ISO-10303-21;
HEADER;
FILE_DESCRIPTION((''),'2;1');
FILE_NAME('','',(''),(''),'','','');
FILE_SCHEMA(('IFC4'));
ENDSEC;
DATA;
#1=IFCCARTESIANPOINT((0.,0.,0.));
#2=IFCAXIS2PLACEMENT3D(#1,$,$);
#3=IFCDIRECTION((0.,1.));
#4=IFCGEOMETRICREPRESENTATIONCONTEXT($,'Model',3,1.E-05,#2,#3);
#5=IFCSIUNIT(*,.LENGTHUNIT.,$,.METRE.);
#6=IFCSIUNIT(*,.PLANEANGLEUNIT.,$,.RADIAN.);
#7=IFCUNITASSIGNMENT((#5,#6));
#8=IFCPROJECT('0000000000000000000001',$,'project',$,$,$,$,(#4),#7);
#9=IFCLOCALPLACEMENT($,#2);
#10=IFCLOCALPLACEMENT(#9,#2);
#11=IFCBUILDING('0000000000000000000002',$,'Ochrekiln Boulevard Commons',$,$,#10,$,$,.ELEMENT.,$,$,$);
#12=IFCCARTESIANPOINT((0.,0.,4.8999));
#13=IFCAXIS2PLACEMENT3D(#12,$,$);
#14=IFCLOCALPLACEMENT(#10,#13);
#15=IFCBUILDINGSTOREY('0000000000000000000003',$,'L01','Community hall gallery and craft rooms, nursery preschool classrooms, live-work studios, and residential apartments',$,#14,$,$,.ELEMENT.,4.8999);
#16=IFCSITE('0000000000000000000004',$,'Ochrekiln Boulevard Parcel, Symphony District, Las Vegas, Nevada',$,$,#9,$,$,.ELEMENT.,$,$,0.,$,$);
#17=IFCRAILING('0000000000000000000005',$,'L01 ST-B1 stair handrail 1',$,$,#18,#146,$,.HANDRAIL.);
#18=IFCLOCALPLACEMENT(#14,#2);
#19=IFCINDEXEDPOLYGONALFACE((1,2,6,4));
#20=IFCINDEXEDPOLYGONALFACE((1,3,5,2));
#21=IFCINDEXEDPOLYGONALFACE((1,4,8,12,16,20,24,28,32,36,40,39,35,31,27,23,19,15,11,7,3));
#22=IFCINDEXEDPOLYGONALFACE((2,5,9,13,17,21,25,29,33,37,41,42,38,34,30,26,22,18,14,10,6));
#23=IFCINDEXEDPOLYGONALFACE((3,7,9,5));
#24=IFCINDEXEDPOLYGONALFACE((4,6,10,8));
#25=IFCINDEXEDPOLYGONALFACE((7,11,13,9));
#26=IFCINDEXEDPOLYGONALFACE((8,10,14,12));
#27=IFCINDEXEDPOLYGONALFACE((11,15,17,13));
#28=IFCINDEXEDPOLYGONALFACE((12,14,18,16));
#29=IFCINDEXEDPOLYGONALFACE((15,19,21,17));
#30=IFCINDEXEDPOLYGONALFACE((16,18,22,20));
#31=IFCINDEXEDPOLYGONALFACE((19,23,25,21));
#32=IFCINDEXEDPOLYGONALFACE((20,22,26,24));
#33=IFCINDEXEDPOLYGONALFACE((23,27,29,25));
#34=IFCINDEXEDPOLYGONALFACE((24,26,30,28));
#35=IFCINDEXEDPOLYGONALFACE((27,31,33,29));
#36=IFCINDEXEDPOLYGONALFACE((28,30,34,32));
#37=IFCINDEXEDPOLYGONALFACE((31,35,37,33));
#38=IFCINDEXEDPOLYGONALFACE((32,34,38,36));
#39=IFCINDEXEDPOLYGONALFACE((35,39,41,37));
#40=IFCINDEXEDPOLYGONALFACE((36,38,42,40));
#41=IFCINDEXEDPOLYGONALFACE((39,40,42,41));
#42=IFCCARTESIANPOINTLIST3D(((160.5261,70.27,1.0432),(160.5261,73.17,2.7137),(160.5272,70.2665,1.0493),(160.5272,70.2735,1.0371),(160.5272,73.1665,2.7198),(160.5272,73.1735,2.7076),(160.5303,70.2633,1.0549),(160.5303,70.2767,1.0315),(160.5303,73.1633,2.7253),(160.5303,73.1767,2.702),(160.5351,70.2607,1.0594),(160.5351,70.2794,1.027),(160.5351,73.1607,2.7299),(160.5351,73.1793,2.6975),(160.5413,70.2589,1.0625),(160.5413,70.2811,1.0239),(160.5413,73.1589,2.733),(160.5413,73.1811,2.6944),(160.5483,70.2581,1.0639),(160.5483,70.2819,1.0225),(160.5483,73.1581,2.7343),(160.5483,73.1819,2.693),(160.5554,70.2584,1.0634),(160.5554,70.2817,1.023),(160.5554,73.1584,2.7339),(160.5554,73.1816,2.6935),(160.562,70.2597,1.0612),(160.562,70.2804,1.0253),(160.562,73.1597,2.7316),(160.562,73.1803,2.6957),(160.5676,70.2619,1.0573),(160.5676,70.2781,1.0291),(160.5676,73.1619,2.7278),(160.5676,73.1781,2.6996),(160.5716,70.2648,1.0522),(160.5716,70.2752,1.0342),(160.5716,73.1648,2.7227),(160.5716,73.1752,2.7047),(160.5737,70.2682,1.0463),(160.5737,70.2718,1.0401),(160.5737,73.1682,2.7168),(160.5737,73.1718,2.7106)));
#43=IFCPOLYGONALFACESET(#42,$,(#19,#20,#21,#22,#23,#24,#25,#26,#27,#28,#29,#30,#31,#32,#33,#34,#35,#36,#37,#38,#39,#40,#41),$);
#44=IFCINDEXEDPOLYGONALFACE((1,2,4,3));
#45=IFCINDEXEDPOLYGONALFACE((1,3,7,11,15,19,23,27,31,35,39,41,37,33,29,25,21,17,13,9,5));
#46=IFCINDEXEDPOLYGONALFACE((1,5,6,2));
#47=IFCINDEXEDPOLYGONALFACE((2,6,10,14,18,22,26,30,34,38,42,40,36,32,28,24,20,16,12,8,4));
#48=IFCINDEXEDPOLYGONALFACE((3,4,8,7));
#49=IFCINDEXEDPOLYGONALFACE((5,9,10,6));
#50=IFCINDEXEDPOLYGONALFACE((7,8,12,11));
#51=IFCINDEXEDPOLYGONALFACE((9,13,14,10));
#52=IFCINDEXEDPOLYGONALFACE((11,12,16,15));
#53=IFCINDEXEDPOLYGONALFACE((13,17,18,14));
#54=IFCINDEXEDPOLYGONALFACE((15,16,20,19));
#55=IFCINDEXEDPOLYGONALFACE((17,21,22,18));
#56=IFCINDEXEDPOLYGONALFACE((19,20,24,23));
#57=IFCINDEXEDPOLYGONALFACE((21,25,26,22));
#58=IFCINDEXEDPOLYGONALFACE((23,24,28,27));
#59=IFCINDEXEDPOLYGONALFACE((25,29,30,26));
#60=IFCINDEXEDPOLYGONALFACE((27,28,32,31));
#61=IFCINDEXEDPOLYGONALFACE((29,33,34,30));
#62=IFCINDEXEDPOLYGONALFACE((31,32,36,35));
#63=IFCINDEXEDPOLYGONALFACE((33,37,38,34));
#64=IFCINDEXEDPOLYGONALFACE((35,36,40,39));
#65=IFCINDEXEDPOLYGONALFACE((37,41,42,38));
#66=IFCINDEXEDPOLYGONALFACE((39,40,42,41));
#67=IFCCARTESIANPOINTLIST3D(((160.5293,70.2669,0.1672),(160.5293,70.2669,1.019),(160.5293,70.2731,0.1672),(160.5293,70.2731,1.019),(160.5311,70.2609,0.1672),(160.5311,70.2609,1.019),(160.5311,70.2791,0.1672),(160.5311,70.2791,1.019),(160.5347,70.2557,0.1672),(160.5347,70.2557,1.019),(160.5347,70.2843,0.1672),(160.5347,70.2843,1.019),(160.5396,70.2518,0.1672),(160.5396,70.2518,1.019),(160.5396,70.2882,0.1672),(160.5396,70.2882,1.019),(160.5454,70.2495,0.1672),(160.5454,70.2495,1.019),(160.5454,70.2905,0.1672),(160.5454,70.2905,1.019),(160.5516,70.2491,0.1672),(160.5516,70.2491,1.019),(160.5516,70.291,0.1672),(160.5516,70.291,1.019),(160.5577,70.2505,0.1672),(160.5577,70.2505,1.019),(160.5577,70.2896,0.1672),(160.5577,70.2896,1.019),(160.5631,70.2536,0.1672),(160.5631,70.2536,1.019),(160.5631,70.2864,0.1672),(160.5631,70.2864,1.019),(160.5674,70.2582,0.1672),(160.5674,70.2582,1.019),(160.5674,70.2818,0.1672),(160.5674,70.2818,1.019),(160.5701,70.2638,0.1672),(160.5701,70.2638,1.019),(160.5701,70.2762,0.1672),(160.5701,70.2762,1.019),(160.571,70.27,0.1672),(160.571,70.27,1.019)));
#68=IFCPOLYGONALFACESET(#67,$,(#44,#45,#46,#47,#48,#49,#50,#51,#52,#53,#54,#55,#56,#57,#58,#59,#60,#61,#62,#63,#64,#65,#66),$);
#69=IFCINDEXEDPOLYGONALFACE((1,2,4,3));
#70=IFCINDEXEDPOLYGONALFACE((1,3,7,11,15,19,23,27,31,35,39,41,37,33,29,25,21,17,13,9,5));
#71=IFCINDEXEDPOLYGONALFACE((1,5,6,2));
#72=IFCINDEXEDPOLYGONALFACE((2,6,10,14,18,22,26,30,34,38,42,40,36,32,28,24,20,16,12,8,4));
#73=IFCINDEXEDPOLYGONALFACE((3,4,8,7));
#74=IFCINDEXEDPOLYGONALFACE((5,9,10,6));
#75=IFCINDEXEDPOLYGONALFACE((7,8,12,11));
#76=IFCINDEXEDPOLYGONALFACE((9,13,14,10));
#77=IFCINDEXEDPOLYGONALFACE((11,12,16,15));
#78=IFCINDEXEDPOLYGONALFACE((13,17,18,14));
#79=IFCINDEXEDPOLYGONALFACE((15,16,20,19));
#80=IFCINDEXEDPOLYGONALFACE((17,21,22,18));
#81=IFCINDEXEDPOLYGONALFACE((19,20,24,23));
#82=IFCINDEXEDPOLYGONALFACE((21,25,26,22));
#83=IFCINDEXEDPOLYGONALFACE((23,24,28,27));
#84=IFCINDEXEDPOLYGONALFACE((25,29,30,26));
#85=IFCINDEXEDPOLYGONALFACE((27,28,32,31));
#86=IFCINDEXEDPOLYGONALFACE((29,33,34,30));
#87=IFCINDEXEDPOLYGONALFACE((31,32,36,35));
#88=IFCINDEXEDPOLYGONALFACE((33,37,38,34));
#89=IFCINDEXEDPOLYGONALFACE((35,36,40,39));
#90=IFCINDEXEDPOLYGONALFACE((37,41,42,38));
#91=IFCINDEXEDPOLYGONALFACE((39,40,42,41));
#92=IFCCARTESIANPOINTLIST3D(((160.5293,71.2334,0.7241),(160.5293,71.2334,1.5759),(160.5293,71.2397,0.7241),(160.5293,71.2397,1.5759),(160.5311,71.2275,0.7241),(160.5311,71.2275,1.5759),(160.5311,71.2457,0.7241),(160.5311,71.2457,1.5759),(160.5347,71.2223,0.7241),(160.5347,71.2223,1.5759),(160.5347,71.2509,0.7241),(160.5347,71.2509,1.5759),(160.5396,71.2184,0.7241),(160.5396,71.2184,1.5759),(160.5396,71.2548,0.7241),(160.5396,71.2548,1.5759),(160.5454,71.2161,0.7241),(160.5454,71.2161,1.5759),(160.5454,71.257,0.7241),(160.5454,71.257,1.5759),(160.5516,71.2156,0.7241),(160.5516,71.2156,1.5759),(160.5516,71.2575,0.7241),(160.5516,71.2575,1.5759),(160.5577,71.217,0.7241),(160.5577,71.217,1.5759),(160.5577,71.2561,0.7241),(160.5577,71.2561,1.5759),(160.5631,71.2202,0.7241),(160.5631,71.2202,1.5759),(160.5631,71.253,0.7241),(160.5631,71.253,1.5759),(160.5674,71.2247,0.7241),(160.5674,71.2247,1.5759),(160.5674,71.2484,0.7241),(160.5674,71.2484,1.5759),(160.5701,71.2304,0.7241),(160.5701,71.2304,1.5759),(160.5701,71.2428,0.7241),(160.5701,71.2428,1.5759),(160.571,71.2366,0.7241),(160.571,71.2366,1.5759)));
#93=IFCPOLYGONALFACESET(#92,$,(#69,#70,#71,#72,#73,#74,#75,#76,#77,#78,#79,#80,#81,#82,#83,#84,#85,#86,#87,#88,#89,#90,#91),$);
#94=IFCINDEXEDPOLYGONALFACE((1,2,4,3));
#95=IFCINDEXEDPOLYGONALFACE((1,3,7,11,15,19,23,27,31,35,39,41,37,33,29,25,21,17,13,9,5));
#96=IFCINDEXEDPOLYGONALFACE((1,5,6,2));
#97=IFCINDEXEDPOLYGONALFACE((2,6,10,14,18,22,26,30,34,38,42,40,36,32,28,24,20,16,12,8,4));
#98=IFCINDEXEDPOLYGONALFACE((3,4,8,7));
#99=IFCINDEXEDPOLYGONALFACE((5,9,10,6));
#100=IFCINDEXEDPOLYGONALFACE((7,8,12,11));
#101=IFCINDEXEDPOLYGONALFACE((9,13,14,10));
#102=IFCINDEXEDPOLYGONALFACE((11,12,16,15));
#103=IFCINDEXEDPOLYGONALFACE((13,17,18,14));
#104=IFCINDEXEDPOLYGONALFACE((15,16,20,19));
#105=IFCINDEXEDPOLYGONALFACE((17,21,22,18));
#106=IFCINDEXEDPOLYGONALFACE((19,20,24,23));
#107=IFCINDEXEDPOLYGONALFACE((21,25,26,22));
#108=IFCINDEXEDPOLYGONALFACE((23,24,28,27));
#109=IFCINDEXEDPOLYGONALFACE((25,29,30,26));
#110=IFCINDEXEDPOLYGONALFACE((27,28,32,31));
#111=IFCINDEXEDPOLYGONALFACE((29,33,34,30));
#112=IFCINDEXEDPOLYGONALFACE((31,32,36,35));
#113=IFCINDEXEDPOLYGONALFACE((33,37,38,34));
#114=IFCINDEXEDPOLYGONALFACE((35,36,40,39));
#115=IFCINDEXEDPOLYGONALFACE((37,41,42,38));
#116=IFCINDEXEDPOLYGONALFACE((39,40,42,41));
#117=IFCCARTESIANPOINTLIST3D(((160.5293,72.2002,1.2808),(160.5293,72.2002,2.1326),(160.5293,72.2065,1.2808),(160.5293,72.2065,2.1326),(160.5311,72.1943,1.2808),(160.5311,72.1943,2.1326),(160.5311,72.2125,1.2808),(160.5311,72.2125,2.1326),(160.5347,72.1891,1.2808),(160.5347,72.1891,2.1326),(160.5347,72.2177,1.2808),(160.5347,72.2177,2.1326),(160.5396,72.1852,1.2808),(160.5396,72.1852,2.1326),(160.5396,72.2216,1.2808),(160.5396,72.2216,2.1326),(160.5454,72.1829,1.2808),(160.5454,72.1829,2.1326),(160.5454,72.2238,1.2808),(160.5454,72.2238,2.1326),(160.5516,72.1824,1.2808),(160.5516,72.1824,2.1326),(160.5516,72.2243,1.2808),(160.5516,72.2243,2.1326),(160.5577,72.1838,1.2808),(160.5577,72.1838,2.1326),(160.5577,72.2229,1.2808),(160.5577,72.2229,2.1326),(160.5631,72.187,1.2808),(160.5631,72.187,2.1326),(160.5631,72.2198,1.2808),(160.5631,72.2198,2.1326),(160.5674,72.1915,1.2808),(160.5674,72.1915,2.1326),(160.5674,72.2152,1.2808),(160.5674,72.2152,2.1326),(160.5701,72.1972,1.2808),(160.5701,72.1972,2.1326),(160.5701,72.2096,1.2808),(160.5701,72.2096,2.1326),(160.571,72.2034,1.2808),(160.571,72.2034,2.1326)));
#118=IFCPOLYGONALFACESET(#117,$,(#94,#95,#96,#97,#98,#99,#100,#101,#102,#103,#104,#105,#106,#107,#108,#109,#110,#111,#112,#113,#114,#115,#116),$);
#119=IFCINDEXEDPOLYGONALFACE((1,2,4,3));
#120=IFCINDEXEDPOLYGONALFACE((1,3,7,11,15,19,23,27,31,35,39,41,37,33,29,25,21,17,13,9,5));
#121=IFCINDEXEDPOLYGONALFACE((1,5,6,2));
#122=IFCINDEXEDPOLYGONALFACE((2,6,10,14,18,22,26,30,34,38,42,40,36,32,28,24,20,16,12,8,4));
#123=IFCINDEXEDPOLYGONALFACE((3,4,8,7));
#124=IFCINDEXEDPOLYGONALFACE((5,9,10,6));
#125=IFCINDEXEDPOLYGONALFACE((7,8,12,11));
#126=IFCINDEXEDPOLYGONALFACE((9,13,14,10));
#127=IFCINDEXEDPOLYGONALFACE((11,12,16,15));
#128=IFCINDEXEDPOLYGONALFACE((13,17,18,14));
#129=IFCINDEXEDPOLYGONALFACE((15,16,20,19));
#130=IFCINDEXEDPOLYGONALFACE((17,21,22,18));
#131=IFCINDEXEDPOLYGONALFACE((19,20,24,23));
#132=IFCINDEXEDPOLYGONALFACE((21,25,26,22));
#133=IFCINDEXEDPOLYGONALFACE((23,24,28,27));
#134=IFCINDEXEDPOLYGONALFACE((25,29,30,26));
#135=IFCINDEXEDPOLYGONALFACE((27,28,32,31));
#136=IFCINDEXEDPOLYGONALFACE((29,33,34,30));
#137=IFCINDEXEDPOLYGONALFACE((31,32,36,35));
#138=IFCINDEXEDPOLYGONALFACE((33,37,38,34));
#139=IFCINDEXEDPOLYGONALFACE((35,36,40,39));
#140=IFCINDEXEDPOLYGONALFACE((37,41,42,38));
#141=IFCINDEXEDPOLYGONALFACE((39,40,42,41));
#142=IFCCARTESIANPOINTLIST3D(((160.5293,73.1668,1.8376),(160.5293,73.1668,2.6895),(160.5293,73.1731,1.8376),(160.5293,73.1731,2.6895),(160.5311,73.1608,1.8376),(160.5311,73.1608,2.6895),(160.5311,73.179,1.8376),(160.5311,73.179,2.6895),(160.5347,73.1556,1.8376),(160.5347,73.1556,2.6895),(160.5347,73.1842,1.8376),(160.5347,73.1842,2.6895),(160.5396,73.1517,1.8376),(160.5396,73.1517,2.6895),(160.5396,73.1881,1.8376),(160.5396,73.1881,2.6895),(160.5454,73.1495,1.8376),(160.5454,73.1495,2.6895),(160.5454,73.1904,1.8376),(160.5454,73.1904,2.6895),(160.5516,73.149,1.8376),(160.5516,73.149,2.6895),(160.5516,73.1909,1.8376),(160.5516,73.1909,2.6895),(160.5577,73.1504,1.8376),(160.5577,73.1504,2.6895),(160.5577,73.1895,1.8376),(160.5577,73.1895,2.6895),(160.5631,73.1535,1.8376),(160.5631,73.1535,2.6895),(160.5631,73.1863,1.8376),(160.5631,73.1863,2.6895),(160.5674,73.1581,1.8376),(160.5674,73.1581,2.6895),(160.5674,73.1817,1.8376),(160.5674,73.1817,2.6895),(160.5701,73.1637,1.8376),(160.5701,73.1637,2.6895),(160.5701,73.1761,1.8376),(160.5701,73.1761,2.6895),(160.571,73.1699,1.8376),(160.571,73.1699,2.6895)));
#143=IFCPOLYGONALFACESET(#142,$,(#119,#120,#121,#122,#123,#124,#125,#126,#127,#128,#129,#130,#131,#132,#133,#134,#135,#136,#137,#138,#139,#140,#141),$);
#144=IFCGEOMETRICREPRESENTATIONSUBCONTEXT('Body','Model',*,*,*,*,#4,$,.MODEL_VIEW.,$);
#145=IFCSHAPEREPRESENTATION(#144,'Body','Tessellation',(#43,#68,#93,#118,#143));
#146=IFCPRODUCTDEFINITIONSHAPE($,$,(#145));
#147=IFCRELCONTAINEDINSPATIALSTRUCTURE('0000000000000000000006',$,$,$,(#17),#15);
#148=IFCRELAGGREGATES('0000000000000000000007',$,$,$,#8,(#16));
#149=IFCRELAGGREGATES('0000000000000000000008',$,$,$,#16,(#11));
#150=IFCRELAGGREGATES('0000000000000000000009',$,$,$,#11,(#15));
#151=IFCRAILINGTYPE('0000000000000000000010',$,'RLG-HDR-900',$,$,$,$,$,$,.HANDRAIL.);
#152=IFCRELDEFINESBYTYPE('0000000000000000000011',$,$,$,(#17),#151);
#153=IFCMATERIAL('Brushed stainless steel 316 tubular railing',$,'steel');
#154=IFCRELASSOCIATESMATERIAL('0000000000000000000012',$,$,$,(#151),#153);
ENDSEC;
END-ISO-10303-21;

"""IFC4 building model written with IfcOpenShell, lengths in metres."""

from ifc_helpers import new_model, si_unit, direction, frame, origin, origin_2d, place, context, subcontext, project, spatial, circle, extrude, material, type_object, element, save


model = new_model("IFC4")

# Units and contexts
model_context = context("Model", 3, precision=1e-05, world=origin(), true_north=direction((0.0, 1.0)))
body_context = subcontext(model_context, "Body", "Model", "MODEL_VIEW")
ifc_project = project(units=[si_unit("LENGTHUNIT", "METRE"), si_unit("PLANEANGLEUNIT", "RADIAN")], contexts=[model_context])

# Site, building, storey
site_placement = place(None, origin())
site = spatial("IfcSite", under=ifc_project, at=site_placement, Name="Ochrekiln Boulevard Parcel, Symphony District, Las Vegas, Nevada", CompositionType="ELEMENT", RefElevation=0.0)
building_placement = place(site_placement, origin())
building = spatial("IfcBuilding", under=site, at=building_placement, Name="Ochrekiln Boulevard Commons", CompositionType="ELEMENT")
storey_placement = place(building_placement, frame((0.0, 0.0, 4.8999)))
storey = spatial("IfcBuildingStorey", under=building, at=storey_placement, Name="L01", Description="Community hall gallery and craft rooms, nursery preschool classrooms, live-work studios, and residential apartments", CompositionType="ELEMENT", Elevation=4.8999)

# Railing
ifc_material_1 = material(Name="Brushed stainless steel 316 tubular railing", Category="steel")
railing_type_1 = type_object("IfcRailingType", Name="RLG-HDR-900", PredefinedType="HANDRAIL", material=ifc_material_1)
railing_1_placement = place(storey_placement, frame((160.55, 70.27, 0.1672)))
element("IfcRailing", 1, at=railing_1_placement, inside=storey, type_object=railing_type_1, Name="L01 ST-B1 stair handrail 1", PredefinedType="HANDRAIL", context=body_context, shape_type="SweptSolid", body=[
    extrude(circle(Radius=0.0239, at=origin_2d()), frame((0.0, 0.0, 0.876), z_axis=(0.0, 0.866523, 0.499137), x_axis=(-1.0, 0.0, 0.0)), (0.0, 0.0, 1.0), 3.3467),
    extrude(circle(Radius=0.021, at=origin_2d()), origin(), (0.0, 0.0, 1.0), 0.8518),
    extrude(circle(Radius=0.021, at=origin_2d()), frame((0.0, 0.9666, 0.5569)), (0.0, 0.0, 1.0), 0.8518),
    extrude(circle(Radius=0.021, at=origin_2d()), frame((0.0, 1.9333, 1.1135)), (0.0, 0.0, 1.0), 0.8518),
    extrude(circle(Radius=0.021, at=origin_2d()), frame((0.0, 2.8999, 1.6704)), (0.0, 0.0, 1.0), 0.8518),
])

save(model, "model.ifc")
